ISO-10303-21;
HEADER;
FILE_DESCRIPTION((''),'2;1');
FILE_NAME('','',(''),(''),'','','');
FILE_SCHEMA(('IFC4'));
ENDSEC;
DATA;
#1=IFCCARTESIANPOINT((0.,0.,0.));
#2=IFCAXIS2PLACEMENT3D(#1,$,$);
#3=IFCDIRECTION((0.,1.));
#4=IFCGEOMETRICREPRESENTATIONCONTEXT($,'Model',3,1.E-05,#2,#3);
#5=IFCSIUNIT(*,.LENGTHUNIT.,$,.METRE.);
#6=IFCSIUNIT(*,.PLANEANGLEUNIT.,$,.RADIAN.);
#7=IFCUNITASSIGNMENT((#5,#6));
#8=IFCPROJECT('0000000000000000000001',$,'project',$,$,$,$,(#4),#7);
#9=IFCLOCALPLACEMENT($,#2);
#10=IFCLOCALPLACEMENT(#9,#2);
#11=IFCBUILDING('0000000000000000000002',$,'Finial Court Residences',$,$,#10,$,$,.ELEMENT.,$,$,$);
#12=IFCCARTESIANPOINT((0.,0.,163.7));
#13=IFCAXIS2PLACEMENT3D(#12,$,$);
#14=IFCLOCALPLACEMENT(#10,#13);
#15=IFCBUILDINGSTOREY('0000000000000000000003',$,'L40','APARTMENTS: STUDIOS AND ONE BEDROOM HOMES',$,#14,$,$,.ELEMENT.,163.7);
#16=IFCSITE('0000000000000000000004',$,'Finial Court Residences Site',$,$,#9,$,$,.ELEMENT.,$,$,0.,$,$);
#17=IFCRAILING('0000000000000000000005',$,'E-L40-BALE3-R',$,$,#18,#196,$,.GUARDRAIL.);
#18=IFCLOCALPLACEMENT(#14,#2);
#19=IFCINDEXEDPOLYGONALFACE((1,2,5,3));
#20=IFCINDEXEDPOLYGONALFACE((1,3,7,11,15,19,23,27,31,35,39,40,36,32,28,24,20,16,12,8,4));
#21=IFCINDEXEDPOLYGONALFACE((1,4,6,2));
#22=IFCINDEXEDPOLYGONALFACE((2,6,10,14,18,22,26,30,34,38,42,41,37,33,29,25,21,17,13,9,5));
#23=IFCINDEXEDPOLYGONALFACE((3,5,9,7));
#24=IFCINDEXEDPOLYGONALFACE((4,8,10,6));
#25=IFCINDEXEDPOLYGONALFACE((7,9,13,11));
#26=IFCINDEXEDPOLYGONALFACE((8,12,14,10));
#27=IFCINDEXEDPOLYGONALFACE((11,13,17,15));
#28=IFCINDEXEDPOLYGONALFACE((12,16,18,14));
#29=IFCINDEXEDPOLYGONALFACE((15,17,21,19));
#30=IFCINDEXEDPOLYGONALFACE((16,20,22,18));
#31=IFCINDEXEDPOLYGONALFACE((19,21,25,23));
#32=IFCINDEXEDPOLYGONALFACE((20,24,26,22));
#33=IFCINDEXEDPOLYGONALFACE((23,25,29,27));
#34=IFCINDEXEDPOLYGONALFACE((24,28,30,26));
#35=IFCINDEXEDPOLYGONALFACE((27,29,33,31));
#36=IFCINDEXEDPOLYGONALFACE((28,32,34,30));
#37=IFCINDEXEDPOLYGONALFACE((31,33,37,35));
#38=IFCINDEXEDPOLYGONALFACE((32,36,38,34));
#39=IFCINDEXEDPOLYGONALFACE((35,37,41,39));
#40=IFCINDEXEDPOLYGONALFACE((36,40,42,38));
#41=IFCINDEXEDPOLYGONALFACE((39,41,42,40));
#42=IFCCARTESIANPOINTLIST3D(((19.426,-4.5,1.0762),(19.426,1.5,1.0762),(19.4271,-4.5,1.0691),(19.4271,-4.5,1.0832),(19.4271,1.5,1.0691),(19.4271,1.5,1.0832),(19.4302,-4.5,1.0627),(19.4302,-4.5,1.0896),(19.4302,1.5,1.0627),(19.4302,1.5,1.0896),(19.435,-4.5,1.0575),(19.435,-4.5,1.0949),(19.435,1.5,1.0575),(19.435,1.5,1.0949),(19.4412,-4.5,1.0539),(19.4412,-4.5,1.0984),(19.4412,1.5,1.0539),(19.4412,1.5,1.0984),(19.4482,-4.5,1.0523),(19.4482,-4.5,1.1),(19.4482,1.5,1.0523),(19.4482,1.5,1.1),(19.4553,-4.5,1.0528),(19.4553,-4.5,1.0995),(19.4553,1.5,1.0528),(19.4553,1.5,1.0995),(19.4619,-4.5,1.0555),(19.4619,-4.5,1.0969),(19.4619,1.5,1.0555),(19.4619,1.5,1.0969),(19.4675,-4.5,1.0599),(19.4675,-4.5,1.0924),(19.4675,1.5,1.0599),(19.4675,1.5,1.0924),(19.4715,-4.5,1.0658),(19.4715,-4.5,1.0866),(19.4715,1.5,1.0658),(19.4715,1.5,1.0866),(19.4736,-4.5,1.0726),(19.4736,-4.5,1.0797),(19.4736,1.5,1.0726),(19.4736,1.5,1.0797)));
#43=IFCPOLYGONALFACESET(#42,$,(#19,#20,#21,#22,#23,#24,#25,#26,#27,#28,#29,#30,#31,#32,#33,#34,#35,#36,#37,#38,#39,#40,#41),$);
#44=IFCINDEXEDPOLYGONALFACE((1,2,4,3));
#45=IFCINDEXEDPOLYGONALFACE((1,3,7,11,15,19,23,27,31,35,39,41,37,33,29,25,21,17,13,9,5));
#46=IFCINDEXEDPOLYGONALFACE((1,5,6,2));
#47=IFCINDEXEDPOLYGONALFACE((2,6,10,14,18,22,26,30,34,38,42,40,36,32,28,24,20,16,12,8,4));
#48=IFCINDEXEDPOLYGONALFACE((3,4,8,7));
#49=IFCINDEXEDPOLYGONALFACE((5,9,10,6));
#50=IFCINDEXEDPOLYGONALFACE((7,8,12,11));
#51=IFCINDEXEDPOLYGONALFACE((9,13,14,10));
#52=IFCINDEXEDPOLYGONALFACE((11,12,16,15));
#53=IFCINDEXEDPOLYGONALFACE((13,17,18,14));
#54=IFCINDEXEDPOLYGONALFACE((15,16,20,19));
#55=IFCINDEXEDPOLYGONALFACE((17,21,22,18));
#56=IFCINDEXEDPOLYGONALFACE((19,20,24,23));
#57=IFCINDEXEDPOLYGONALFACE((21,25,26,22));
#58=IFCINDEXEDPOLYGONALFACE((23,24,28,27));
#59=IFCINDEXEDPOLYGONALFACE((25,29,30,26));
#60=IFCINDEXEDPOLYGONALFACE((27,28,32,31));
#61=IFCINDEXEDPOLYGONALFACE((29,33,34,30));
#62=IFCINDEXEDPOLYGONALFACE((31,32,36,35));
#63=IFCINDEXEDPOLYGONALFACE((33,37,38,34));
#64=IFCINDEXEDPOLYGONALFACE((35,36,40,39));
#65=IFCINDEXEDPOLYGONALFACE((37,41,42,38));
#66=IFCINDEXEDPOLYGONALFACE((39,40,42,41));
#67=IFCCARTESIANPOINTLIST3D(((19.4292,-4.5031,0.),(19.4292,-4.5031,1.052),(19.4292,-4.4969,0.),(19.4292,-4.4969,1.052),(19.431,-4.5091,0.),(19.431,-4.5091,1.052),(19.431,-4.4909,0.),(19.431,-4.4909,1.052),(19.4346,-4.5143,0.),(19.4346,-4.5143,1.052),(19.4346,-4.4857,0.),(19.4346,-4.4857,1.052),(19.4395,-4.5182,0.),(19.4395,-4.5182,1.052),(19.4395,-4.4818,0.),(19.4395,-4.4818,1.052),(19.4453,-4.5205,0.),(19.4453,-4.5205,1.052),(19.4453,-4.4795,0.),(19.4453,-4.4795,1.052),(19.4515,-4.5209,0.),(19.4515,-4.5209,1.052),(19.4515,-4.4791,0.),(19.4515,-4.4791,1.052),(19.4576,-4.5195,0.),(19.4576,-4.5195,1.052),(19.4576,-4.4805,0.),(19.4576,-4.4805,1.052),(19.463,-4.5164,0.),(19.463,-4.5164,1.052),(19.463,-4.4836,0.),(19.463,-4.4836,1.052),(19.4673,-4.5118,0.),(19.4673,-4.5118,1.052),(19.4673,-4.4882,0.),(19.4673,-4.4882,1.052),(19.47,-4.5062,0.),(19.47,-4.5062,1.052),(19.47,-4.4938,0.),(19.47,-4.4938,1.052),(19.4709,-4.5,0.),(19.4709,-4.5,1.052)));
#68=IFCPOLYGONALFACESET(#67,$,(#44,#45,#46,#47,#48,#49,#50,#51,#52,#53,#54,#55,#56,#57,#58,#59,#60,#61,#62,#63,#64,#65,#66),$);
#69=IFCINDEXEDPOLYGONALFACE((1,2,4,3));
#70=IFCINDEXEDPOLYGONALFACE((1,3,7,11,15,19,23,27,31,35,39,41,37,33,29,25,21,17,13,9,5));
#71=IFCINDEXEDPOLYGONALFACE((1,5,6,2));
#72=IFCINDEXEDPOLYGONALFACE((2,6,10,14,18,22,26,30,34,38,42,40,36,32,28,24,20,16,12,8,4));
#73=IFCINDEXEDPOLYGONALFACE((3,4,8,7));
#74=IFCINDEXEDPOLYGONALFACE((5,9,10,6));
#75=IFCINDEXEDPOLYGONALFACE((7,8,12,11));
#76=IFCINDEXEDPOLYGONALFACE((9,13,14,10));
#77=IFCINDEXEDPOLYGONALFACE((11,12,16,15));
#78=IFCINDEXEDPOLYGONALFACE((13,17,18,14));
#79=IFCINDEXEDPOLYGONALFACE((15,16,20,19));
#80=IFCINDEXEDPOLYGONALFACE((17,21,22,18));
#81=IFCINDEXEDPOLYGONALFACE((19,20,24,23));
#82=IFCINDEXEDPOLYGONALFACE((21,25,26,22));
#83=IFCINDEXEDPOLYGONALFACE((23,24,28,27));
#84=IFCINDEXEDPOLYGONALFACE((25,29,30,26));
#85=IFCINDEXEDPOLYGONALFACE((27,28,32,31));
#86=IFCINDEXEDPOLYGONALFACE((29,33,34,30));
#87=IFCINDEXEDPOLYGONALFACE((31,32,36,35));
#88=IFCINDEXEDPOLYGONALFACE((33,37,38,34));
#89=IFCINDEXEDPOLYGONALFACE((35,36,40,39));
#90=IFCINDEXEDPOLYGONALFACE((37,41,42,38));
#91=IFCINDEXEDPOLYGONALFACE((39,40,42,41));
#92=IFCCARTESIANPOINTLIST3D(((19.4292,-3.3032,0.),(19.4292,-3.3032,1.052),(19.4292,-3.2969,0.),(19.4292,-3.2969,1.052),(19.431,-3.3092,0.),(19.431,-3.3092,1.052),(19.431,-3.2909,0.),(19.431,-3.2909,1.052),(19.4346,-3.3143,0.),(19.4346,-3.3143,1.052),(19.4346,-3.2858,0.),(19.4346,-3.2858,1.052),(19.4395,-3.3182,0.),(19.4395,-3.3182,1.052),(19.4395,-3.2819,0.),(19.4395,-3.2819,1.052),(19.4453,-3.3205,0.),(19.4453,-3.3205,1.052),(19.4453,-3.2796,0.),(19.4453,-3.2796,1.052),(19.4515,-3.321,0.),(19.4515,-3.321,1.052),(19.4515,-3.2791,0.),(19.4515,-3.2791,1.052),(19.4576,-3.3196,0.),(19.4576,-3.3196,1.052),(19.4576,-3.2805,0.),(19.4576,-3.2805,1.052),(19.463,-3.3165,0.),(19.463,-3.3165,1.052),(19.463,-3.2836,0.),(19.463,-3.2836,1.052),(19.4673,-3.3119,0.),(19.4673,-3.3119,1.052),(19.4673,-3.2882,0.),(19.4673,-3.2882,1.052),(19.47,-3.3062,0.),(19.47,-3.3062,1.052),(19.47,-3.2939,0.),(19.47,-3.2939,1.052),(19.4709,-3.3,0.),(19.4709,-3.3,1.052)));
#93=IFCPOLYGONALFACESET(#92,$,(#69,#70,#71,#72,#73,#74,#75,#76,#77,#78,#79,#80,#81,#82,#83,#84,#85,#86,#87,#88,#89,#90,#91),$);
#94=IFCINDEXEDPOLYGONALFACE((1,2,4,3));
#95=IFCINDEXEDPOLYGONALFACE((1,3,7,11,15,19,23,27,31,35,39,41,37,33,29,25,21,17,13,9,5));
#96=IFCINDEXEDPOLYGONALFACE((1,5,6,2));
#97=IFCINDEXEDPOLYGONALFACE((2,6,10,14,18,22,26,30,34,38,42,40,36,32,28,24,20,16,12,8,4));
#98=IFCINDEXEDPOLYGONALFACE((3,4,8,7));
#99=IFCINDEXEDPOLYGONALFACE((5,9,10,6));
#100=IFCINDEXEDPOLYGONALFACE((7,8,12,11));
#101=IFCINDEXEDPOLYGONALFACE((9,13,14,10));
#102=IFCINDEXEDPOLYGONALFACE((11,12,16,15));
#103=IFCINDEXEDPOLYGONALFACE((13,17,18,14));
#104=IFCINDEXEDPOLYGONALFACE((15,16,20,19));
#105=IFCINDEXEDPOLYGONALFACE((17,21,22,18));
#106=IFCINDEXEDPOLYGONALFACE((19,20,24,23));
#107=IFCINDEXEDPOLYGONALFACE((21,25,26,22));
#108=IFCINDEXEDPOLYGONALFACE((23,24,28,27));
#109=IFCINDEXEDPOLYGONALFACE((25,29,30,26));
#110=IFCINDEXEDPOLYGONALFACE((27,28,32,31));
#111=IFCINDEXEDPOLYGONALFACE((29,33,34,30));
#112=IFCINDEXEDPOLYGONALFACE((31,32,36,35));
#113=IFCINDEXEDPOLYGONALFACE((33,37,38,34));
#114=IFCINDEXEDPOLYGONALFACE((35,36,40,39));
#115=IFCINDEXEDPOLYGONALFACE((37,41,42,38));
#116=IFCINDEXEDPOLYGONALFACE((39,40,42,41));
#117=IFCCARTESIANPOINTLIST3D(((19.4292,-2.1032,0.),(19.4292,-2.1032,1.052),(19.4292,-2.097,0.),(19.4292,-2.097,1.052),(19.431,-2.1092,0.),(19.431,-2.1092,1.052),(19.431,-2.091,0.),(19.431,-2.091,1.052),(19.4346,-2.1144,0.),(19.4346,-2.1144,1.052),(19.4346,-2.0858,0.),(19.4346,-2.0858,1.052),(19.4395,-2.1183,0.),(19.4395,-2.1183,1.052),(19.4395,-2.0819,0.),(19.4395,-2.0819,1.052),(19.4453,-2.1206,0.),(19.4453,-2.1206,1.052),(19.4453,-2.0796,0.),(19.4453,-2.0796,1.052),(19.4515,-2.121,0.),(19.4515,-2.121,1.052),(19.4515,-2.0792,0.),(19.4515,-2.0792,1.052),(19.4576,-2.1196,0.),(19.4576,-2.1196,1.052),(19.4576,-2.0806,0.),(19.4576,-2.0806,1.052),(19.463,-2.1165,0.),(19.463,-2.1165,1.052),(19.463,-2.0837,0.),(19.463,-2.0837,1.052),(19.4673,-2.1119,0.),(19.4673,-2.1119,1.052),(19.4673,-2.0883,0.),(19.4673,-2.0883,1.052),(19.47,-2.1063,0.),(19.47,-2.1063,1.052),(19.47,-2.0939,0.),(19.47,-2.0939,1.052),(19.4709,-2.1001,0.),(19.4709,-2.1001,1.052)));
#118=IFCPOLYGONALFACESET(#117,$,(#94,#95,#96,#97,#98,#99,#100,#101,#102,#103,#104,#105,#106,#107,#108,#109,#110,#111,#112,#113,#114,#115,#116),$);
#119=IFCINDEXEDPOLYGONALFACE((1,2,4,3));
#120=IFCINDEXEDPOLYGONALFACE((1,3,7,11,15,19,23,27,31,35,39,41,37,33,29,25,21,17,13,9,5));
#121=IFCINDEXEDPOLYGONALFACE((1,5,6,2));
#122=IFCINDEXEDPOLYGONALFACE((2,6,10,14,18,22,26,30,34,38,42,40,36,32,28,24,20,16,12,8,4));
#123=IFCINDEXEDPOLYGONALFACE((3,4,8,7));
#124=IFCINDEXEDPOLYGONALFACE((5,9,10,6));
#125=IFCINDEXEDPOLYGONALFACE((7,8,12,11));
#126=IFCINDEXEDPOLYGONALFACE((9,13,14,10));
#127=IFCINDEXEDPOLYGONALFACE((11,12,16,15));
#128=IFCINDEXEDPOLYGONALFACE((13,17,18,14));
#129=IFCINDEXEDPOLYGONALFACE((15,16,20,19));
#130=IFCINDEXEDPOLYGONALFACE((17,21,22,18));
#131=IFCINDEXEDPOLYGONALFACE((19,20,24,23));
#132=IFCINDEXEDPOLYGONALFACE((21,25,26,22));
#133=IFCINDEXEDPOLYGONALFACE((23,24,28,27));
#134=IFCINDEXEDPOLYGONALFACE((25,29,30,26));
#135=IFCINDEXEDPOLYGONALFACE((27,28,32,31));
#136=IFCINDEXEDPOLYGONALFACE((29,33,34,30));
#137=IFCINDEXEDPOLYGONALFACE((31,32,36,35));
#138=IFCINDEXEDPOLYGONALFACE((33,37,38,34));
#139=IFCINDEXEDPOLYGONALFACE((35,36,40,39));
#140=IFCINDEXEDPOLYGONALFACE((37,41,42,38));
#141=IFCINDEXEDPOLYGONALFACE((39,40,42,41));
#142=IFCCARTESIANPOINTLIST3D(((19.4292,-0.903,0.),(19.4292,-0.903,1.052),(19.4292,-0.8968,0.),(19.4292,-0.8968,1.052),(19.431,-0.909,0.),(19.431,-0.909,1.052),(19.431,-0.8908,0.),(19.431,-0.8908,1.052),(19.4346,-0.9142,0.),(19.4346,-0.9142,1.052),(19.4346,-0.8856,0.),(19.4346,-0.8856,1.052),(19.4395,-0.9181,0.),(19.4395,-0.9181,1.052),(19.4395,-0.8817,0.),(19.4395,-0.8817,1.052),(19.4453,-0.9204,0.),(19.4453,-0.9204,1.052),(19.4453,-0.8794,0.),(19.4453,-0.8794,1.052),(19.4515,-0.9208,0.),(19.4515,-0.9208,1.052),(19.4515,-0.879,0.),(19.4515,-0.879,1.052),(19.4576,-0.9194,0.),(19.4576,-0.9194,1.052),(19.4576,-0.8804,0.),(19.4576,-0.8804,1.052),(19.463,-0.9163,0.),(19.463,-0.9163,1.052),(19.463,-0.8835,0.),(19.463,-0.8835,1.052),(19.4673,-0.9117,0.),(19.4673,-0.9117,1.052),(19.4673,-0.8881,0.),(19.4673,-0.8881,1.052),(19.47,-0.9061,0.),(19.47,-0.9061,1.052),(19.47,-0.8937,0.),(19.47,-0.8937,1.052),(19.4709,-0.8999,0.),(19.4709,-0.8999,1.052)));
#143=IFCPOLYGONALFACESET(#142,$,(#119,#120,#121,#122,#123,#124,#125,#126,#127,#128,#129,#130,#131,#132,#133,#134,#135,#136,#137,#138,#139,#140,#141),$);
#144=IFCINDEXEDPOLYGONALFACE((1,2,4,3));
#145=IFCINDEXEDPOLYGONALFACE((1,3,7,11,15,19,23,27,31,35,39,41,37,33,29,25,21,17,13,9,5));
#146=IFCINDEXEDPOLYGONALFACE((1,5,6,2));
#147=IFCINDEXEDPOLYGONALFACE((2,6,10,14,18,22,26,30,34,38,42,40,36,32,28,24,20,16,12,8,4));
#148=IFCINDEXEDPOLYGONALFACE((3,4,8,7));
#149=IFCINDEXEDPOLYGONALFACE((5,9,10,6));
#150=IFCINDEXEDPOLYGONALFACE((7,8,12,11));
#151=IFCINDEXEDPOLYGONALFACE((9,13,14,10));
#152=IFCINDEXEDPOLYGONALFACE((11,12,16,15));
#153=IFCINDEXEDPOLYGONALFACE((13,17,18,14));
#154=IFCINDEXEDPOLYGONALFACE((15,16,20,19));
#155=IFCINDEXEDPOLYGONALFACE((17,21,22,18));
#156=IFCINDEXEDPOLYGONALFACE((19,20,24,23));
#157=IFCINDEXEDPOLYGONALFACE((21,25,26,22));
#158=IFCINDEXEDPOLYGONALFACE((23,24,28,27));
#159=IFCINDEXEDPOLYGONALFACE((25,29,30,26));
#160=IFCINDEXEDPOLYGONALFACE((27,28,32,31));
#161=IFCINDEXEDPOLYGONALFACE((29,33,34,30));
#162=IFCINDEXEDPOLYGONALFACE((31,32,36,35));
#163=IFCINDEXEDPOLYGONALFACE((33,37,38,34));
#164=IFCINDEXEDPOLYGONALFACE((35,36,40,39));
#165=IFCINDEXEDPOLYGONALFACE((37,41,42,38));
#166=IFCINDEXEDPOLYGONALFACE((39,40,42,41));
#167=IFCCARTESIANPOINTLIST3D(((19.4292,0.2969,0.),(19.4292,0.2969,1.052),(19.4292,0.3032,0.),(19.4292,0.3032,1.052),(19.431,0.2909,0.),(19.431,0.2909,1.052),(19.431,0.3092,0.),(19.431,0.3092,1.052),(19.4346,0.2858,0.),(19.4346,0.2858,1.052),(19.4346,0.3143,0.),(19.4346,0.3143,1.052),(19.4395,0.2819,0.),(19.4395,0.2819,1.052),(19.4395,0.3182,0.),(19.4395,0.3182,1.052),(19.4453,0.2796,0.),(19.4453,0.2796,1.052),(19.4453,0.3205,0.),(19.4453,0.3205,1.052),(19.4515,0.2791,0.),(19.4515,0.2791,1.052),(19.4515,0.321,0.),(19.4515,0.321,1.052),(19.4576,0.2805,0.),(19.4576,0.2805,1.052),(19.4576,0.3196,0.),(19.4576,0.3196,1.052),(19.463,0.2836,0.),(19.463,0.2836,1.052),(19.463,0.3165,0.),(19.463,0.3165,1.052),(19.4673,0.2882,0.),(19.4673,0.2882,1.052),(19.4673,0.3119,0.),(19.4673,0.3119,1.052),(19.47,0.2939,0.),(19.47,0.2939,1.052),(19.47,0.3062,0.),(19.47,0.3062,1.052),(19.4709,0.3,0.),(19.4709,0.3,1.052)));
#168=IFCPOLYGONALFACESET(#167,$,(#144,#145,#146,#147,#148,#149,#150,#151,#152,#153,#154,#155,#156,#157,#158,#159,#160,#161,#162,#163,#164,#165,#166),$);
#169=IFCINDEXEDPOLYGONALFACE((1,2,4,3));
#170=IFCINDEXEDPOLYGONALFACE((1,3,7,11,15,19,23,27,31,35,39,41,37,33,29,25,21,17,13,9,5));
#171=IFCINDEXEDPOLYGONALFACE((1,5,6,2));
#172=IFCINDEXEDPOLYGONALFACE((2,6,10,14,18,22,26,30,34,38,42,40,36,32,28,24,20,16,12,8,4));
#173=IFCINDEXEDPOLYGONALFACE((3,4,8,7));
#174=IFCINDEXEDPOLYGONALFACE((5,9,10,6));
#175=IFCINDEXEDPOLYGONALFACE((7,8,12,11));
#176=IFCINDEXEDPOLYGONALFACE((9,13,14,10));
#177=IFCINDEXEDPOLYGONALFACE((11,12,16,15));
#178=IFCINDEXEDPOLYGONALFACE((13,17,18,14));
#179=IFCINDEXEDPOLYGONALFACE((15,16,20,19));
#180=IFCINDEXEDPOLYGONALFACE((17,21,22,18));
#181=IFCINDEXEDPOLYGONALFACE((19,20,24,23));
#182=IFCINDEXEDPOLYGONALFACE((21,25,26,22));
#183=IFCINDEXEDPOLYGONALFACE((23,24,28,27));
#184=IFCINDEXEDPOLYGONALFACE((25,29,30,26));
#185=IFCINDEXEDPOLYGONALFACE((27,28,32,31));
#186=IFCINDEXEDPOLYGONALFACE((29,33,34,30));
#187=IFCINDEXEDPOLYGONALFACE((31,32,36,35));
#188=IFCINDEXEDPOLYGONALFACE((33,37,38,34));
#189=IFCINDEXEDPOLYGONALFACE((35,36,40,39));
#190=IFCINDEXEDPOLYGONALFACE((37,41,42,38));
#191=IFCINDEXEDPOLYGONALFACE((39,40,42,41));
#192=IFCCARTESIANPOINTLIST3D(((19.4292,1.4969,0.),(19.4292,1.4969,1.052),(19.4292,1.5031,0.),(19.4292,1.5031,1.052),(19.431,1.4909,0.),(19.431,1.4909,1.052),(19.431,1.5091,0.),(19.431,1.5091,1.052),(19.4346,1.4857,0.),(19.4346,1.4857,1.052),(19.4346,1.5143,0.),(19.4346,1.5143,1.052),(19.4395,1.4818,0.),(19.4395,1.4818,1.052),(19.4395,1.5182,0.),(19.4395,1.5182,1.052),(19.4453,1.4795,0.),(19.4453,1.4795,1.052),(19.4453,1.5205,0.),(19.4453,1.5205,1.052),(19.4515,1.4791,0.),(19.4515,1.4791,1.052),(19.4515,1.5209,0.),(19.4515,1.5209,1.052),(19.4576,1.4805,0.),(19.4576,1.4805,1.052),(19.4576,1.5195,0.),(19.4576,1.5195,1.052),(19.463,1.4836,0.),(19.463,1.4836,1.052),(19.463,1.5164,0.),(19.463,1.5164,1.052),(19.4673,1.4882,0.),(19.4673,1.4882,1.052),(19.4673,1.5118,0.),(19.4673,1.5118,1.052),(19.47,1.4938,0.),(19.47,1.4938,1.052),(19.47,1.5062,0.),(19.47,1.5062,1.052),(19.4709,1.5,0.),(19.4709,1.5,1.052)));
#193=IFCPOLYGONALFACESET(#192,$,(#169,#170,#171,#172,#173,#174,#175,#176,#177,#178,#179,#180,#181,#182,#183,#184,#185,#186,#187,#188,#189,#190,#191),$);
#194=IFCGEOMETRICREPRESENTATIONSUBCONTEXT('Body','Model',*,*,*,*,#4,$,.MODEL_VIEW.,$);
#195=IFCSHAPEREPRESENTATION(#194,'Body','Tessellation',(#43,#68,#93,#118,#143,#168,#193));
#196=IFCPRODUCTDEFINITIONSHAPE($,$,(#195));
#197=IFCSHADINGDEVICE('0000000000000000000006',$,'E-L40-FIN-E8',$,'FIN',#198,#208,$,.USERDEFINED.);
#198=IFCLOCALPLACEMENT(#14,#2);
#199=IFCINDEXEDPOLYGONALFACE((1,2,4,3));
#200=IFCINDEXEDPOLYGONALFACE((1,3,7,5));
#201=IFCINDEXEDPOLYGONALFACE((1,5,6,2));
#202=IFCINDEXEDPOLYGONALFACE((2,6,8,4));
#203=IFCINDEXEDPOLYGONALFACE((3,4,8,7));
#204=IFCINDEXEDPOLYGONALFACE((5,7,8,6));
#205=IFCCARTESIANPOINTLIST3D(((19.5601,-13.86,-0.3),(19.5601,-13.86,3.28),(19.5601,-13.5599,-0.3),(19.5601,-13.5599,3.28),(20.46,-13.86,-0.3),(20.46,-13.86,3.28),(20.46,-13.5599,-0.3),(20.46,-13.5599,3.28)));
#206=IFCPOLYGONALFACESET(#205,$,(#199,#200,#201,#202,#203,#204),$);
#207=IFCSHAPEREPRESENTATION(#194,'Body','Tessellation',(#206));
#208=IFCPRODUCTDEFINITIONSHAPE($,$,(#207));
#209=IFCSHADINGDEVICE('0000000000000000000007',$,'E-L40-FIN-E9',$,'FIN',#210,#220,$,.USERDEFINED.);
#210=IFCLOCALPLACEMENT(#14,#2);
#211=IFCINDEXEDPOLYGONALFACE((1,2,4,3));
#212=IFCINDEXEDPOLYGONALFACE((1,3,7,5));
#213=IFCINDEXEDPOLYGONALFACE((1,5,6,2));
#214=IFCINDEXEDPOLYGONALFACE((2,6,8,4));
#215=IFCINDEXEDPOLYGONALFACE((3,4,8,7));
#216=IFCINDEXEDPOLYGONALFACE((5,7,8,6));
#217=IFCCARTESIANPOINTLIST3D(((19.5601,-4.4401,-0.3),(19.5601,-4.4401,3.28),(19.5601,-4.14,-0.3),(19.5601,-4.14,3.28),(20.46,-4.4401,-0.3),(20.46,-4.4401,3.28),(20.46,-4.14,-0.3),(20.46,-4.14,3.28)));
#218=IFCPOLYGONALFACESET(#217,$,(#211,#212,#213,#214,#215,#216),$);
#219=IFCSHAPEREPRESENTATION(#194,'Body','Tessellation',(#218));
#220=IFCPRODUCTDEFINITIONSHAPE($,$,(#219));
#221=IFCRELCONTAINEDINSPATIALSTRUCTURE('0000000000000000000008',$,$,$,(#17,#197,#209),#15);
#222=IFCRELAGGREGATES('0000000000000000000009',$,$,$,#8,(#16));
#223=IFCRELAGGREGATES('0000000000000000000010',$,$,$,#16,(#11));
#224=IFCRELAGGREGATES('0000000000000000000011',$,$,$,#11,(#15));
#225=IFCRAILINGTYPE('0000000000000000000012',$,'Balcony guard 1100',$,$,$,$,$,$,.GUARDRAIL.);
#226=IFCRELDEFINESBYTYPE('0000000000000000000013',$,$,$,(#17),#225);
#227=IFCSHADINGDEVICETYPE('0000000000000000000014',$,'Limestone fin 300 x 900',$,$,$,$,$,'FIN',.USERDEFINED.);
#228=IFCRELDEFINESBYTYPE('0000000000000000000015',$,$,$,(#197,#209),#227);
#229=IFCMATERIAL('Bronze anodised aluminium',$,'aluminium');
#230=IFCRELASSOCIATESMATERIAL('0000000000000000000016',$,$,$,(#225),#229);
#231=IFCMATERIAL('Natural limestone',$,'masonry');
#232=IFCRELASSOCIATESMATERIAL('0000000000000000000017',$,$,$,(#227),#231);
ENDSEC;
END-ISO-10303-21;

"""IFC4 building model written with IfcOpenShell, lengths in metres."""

from ifc_helpers import new_model, si_unit, direction, frame, origin, origin_2d, place, context, subcontext, project, spatial, rectangle, circle, extrude, material, type_object, element, save


model = new_model("IFC4")

# Units and contexts
model_context = context("Model", 3, precision=1e-05, world=origin(), true_north=direction((0.0, 1.0)))
body_context = subcontext(model_context, "Body", "Model", "MODEL_VIEW")
ifc_project = project(units=[si_unit("LENGTHUNIT", "METRE"), si_unit("PLANEANGLEUNIT", "RADIAN")], contexts=[model_context])

# Site, building, storey
site_placement = place(None, origin())
site = spatial("IfcSite", under=ifc_project, at=site_placement, Name="Finial Court Residences Site", CompositionType="ELEMENT", RefElevation=0.0)
building_placement = place(site_placement, origin())
building = spatial("IfcBuilding", under=site, at=building_placement, Name="Finial Court Residences", CompositionType="ELEMENT")
storey_placement = place(building_placement, frame((0.0, 0.0, 163.7)))
storey = spatial("IfcBuildingStorey", under=building, at=storey_placement, Name="L40", Description="APARTMENTS: STUDIOS AND ONE BEDROOM HOMES", CompositionType="ELEMENT", Elevation=163.7)

# Shared definitions
ifc_material_1 = material(Name="Bronze anodised aluminium", Category="aluminium")

# Shared definitions
ifc_material_2 = material(Name="Natural limestone", Category="masonry")

# Railing
railing_type = type_object("IfcRailingType", Name="Balcony guard 1100", PredefinedType="GUARDRAIL", material=ifc_material_1)
railing_placement = place(storey_placement, frame((19.45, -4.5, 0.0)))
element("IfcRailing", 1, at=railing_placement, inside=storey, type_object=railing_type, Name="E-L40-BALE3-R", PredefinedType="GUARDRAIL", context=body_context, shape_type="SweptSolid", body=[
    extrude(circle(Radius=0.0239, at=origin_2d()), frame((0.0, 0.0, 1.0762), z_axis=(0.0, 1.0, 0.0), x_axis=(-1.0, 0.0, 0.0)), (0.0, 0.0, 1.0), 6.0),
    extrude(circle(Radius=0.021, at=origin_2d()), origin(), (0.0, 0.0, 1.0), 1.052),
    extrude(circle(Radius=0.021, at=origin_2d()), frame((0.0, 1.2, 0.0)), (0.0, 0.0, 1.0), 1.052),
    extrude(circle(Radius=0.021, at=origin_2d()), frame((0.0, 2.3999, 0.0)), (0.0, 0.0, 1.0), 1.052),
    extrude(circle(Radius=0.021, at=origin_2d()), frame((0.0, 3.6001, 0.0)), (0.0, 0.0, 1.0), 1.052),
    extrude(circle(Radius=0.021, at=origin_2d()), frame((0.0, 4.8, 0.0)), (0.0, 0.0, 1.0), 1.052),
    extrude(circle(Radius=0.021, at=origin_2d()), frame((0.0, 6.0, 0.0)), (0.0, 0.0, 1.0), 1.052),
])

# Shading devices
shading_device_type = type_object("IfcShadingDeviceType", Name="Limestone fin 300 x 900", ElementType="FIN", PredefinedType="USERDEFINED", material=ifc_material_2)
for number, where, z_axis, x_axis, name in (
    (2, (20.01, -13.71, -0.3), (0.0, 0.0, 1.0), (1.0, 0.0, 0.0), "E-L40-FIN-E8"),
    (3, (20.01, -4.29, -0.3), (0.0, 0.0, 1.0), (1.0, 0.0, 0.0), "E-L40-FIN-E9"),
):
    element("IfcShadingDevice", number, at=place(storey_placement, frame(where, z_axis=z_axis, x_axis=x_axis)), inside=storey, type_object=shading_device_type, Name=name, ObjectType="FIN", PredefinedType="USERDEFINED", context=body_context, shape_type="SweptSolid", body=[
        extrude(rectangle(XDim=0.8999, YDim=0.3, at=origin_2d()), origin(), (0.0, 0.0, 1.0), 3.5801),
    ])

save(model, "model.ifc")
